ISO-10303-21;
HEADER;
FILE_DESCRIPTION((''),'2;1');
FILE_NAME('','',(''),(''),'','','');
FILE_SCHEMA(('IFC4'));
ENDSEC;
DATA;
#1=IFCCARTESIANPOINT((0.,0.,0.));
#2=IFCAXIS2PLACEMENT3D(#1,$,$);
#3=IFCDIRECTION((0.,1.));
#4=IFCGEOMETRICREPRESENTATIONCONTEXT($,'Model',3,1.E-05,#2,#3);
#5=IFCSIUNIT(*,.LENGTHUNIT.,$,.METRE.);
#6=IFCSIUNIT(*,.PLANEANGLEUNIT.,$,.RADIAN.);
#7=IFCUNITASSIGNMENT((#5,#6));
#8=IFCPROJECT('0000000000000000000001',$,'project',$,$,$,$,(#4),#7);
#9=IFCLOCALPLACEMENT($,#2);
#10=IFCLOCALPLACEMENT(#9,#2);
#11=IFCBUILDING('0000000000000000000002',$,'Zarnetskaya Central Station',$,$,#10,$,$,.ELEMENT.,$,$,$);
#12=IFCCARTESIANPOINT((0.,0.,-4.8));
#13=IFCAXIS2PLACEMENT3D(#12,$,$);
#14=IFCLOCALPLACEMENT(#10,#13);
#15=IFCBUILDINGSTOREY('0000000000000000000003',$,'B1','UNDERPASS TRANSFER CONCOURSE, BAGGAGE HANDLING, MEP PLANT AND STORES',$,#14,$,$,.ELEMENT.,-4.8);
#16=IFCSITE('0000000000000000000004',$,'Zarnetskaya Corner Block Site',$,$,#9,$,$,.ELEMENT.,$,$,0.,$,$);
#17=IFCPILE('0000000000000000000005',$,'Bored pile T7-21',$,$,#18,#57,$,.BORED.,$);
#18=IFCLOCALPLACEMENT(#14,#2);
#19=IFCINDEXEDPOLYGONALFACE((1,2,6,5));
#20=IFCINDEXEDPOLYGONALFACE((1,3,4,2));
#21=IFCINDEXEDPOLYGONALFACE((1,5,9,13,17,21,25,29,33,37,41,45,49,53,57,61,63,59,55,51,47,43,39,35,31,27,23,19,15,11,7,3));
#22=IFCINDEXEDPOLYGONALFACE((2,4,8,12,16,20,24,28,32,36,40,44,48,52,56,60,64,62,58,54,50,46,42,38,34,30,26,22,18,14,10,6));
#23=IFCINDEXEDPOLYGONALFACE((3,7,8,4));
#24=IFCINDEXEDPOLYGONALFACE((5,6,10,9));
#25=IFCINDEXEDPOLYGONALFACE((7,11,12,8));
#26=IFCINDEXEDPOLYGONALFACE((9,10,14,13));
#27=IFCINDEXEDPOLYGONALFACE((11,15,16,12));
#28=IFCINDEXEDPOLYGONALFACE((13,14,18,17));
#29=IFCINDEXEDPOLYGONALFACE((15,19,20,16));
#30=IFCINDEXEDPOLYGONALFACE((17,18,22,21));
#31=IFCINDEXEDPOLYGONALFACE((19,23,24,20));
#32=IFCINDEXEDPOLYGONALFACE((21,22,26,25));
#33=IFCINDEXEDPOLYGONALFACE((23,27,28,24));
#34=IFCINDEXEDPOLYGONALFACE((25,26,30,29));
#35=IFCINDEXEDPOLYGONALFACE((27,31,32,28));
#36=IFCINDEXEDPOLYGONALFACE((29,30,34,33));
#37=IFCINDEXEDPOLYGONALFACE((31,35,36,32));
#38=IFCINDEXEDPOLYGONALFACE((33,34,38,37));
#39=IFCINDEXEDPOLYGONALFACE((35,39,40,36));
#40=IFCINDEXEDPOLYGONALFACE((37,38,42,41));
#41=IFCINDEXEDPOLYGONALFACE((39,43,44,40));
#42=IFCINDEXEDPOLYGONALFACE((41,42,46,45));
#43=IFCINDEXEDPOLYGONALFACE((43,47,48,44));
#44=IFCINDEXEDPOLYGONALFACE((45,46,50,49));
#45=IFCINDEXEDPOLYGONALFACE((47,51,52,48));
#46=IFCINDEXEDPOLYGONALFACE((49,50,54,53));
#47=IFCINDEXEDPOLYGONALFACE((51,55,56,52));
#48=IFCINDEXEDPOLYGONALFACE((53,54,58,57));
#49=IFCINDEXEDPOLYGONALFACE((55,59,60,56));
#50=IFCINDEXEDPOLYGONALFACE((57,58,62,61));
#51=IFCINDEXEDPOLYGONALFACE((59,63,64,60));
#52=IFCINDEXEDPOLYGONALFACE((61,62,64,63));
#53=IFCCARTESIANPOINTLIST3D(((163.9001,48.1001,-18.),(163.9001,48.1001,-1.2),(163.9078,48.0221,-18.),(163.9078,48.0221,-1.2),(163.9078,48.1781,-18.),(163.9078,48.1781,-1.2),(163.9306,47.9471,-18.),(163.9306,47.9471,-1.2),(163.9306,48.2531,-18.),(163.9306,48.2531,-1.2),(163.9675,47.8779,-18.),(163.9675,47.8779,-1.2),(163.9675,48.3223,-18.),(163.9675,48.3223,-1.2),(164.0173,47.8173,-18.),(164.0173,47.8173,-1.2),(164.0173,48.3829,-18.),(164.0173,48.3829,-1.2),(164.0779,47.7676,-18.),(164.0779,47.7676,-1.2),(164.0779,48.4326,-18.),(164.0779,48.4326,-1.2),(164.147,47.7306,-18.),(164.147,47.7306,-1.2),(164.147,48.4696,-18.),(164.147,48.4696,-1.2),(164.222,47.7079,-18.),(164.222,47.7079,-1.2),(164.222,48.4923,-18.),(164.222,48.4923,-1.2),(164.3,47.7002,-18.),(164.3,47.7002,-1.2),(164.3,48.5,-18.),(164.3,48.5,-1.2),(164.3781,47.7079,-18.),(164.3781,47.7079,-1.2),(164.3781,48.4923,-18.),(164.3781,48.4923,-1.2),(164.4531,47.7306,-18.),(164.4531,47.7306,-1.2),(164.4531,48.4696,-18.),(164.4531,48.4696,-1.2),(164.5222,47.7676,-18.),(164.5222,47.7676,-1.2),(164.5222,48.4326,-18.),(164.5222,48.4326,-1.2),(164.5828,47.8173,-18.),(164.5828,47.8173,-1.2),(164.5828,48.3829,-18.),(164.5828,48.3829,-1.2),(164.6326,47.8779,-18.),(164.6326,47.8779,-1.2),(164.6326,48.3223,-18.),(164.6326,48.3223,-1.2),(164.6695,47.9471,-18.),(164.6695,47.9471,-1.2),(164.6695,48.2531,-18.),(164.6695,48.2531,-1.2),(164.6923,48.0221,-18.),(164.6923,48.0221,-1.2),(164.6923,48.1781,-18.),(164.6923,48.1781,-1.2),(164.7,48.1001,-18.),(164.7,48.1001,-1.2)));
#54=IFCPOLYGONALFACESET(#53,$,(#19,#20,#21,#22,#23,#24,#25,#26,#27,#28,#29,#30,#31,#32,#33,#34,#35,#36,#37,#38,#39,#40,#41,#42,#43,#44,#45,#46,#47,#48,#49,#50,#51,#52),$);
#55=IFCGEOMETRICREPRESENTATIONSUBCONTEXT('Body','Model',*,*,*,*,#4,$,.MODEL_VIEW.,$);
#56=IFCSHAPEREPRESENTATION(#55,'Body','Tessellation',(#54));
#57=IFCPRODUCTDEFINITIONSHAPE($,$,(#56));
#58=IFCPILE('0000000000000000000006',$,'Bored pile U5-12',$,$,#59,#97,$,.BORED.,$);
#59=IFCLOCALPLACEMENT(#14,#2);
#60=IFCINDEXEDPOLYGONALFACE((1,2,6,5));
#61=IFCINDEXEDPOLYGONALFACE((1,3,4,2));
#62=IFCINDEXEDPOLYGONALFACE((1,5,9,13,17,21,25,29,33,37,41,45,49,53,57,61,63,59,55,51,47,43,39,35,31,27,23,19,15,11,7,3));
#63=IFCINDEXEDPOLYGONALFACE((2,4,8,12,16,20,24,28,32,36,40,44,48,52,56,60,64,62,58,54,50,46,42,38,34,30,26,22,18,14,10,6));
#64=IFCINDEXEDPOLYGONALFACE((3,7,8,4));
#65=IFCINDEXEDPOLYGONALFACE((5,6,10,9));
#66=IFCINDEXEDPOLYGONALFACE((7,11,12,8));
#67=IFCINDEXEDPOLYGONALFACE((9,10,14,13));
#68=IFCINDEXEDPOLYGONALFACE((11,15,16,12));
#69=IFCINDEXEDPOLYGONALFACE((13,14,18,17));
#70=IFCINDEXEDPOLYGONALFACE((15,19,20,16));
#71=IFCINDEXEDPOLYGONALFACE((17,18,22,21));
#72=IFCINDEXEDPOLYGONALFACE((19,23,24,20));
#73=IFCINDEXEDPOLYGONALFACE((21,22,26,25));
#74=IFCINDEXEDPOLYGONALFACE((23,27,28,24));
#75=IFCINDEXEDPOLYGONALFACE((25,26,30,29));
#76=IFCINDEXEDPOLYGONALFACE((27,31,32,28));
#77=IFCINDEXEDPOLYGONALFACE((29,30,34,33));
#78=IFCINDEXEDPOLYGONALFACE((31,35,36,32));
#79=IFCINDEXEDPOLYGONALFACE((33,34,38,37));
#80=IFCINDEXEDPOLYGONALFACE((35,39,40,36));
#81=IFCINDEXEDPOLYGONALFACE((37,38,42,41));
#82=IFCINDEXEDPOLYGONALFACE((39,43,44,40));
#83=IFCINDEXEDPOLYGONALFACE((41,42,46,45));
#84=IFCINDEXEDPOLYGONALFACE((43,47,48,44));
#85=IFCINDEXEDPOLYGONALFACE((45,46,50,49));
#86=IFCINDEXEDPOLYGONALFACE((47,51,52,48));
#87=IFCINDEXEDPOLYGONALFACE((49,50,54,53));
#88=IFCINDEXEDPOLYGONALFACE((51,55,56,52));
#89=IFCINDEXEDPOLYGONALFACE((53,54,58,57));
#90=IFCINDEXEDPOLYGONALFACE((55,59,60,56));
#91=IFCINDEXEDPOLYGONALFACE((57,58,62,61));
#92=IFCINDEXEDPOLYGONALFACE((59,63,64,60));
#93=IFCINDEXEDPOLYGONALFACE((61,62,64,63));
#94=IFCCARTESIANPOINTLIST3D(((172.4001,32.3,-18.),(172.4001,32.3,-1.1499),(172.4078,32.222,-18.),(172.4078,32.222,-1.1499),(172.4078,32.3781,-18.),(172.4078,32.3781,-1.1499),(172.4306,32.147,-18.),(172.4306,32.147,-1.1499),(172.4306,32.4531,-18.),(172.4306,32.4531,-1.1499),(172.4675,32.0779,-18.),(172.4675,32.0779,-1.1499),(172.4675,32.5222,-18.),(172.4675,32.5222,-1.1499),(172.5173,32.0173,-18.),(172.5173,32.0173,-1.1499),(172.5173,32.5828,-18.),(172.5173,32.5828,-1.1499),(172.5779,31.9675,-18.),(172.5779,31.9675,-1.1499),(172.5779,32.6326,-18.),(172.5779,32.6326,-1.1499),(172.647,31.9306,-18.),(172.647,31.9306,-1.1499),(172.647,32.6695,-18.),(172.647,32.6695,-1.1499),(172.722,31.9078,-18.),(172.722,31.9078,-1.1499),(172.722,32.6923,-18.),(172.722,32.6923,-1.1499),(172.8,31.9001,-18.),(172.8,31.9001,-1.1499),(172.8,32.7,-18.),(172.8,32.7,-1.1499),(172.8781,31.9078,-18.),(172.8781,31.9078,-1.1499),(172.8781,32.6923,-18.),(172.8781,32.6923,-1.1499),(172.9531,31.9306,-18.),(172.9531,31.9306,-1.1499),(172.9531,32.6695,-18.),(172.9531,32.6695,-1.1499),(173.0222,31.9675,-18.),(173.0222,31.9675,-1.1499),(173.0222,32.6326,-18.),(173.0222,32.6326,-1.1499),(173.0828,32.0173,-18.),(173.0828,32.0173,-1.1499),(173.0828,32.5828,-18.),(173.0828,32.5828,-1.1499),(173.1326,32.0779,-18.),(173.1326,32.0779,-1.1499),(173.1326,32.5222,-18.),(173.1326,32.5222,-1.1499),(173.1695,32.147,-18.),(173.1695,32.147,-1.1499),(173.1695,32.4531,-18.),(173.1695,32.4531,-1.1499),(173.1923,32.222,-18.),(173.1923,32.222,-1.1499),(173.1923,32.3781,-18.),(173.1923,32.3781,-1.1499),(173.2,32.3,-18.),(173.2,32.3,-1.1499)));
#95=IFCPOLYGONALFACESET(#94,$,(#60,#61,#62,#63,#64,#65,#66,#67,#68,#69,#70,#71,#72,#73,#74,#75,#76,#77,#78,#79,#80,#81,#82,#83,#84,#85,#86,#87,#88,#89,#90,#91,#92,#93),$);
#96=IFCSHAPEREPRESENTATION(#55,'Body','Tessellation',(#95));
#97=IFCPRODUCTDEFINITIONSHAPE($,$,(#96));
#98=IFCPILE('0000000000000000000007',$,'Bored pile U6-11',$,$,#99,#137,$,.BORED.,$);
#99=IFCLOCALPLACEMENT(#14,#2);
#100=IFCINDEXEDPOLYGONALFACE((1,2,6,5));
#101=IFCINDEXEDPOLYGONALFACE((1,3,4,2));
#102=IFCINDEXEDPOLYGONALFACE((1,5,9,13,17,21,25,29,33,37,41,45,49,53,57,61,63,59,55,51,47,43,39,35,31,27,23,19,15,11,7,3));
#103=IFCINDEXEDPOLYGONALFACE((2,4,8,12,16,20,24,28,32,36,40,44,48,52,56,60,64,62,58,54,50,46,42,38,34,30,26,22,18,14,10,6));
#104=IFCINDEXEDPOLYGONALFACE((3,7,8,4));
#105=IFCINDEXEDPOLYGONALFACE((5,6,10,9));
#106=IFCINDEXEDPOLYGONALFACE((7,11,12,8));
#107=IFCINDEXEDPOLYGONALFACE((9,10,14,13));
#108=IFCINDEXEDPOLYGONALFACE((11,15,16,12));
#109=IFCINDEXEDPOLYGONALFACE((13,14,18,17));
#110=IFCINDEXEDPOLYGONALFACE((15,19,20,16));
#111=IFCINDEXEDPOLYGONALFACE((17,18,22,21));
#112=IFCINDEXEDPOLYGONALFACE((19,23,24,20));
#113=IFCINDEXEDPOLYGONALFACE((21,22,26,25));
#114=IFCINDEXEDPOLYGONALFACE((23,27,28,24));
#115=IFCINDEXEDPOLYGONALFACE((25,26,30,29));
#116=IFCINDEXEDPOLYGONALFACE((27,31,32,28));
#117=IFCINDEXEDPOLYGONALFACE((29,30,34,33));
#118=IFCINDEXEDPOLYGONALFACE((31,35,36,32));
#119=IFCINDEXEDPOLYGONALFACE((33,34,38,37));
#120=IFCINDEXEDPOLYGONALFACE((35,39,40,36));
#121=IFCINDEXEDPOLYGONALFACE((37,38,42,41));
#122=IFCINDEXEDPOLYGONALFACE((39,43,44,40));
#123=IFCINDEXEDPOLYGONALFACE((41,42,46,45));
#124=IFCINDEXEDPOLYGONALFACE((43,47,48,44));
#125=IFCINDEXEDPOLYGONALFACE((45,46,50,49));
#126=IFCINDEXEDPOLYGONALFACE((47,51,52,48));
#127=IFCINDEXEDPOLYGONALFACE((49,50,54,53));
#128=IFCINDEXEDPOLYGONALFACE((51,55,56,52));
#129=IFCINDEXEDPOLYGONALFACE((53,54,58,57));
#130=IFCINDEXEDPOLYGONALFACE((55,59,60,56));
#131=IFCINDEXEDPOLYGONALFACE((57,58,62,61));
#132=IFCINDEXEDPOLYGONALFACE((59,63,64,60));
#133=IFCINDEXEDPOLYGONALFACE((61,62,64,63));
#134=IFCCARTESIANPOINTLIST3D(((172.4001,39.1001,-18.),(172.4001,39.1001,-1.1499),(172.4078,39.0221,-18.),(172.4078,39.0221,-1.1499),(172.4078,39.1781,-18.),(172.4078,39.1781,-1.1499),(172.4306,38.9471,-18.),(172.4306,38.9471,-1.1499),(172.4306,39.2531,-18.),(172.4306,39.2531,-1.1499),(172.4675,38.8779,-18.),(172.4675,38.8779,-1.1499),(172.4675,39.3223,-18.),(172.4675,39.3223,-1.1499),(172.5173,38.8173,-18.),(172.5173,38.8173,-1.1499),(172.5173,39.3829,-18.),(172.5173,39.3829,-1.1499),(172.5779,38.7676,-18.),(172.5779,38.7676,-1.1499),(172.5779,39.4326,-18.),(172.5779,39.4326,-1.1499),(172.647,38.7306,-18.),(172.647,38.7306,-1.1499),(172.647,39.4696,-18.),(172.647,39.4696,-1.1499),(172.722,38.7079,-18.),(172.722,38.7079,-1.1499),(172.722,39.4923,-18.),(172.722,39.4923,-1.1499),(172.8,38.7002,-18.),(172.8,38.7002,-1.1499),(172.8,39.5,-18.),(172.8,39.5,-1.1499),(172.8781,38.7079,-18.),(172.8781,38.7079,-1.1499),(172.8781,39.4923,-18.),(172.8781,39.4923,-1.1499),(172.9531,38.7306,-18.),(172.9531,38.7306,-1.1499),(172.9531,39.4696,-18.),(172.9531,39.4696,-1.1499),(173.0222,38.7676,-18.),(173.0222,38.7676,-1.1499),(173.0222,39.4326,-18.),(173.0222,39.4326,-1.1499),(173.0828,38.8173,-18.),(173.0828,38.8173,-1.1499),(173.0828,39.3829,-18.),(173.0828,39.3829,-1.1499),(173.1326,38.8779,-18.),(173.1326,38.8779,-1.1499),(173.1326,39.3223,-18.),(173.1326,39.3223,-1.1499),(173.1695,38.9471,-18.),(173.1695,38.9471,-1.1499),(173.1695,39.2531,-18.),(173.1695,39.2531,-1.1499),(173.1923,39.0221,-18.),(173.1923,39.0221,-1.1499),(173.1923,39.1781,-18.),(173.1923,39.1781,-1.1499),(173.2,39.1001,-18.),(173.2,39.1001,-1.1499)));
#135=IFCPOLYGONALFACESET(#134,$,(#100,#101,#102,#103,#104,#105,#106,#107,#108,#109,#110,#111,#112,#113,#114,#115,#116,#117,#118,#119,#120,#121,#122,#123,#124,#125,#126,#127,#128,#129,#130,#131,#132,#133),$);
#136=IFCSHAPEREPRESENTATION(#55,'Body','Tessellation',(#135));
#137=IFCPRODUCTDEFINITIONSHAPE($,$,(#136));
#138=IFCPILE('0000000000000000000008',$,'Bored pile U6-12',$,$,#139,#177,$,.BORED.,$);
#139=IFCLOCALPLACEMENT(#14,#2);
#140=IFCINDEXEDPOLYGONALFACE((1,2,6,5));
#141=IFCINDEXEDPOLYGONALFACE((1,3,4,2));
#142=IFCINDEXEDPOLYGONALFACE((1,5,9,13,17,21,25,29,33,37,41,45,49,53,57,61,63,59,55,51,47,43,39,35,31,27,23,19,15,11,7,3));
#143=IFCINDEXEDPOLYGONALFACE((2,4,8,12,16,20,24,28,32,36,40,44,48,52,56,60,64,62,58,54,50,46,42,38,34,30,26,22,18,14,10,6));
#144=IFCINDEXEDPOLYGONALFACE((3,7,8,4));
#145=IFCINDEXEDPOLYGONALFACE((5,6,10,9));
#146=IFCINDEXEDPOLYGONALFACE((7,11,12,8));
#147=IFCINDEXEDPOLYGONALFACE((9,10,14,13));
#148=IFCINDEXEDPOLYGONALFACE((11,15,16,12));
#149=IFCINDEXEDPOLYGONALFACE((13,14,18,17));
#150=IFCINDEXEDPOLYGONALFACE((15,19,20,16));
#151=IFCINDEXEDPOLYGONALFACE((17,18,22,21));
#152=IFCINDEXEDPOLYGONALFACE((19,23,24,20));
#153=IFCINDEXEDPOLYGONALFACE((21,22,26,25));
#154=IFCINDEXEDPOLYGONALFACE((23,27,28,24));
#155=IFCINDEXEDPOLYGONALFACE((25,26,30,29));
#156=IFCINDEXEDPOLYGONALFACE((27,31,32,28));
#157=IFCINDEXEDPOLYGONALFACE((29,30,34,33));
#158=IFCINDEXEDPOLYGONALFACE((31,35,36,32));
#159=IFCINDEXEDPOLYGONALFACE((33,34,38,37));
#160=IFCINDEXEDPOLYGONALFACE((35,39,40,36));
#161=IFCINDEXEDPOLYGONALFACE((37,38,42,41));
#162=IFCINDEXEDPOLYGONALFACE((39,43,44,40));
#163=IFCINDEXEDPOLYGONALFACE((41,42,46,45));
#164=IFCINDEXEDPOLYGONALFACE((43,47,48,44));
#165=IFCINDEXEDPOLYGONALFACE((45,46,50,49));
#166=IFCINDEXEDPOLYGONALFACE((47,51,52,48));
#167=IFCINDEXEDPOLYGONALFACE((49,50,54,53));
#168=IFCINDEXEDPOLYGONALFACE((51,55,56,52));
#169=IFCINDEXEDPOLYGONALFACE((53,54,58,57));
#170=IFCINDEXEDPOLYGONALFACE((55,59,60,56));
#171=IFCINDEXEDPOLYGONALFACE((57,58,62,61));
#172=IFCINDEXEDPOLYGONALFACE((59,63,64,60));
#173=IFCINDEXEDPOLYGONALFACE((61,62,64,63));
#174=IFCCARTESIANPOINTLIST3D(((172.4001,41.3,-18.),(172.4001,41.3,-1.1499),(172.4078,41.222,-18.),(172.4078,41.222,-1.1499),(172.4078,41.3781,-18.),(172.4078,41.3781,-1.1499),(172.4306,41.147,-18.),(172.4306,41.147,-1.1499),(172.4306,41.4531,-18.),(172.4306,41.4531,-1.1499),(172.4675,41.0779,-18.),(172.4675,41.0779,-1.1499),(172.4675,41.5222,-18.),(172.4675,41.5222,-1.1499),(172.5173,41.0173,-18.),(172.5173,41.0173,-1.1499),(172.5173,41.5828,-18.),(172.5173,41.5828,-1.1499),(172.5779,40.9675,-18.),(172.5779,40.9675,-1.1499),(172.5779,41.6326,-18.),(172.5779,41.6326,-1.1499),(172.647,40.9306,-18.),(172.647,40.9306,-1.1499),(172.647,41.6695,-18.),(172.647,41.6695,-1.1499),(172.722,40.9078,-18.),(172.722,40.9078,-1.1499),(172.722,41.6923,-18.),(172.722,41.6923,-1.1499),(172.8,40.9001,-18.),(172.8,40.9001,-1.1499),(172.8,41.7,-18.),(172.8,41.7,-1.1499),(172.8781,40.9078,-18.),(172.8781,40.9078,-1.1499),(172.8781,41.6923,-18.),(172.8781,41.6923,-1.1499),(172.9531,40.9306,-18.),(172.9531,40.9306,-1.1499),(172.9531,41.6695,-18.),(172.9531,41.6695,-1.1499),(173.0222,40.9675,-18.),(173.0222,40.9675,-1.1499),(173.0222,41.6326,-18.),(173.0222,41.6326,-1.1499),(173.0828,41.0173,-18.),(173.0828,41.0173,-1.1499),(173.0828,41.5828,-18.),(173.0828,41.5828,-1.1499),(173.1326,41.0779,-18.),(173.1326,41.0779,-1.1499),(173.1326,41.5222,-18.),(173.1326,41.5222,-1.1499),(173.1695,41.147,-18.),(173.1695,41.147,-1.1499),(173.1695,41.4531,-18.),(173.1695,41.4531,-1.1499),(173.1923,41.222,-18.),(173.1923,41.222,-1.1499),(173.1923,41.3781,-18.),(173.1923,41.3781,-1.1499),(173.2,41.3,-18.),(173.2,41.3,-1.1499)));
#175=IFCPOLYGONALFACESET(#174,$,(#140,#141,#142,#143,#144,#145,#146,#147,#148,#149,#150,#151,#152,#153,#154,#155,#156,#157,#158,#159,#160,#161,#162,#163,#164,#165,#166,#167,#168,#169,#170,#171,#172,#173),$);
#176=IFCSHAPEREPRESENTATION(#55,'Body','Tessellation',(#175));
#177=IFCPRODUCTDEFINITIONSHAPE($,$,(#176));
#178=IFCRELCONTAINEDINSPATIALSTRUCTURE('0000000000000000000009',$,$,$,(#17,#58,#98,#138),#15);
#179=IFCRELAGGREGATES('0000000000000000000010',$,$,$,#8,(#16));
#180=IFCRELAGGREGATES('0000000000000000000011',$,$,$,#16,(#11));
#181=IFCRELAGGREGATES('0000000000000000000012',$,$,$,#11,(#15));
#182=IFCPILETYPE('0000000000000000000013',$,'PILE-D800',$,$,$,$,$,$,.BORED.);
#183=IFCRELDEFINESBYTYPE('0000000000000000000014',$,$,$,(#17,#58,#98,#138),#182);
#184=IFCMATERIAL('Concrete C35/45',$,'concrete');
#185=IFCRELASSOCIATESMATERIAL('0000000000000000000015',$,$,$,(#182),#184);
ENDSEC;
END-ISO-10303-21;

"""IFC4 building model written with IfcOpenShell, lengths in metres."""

from ifc_helpers import new_model, si_unit, direction, frame, origin, origin_2d, place, context, subcontext, project, spatial, circle, extrude, material, material_profile, profile_set, type_object, element, save


model = new_model("IFC4")

# Units and contexts
model_context = context("Model", 3, precision=1e-05, world=origin(), true_north=direction((0.0, 1.0)))
body_context = subcontext(model_context, "Body", "Model", "MODEL_VIEW")
ifc_project = project(units=[si_unit("LENGTHUNIT", "METRE"), si_unit("PLANEANGLEUNIT", "RADIAN")], contexts=[model_context])

# Site, building, storey
site_placement = place(None, origin())
site = spatial("IfcSite", under=ifc_project, at=site_placement, Name="Zarnetskaya Corner Block Site", CompositionType="ELEMENT", RefElevation=0.0)
building_placement = place(site_placement, origin())
building = spatial("IfcBuilding", under=site, at=building_placement, Name="Zarnetskaya Central Station", CompositionType="ELEMENT")
storey_placement = place(building_placement, frame((0.0, 0.0, -4.8)))
storey = spatial("IfcBuildingStorey", under=building, at=storey_placement, Name="B1", Description="UNDERPASS TRANSFER CONCOURSE, BAGGAGE HANDLING, MEP PLANT AND STORES", CompositionType="ELEMENT", Elevation=-4.8)

# Shared definitions
ifc_material = material(Name="Concrete C35/45", Category="concrete")

# Piles
ifc_material_profile_1 = material_profile(ifc_material, circle(Radius=0.3999, at=origin_2d()), Name="BORED PILE D800")
ifc_profile_set_1 = profile_set([ifc_material_profile_1], Name="Concrete C35/45")
pile_type = type_object("IfcPileType", Name="PILE-D800", PredefinedType="BORED", material=ifc_profile_set_1)
for number, where, z_axis, x_axis, name in (
    (1, (164.3, 48.1001, -1.2), (0.0, 0.0, -1.0), (1.0, 0.0, 0.0), "Bored pile T7-21"),
):
    element("IfcPile", number, at=place(storey_placement, frame(where, z_axis=z_axis, x_axis=x_axis)), inside=storey, type_object=pile_type, Name=name, PredefinedType="BORED", context=body_context, shape_type="SweptSolid", body=[
        extrude(circle(Radius=0.3999, at=origin_2d()), origin(), (0.0, 0.0, 1.0), 16.8),
    ])
for number, where, z_axis, x_axis, name in (
    (2, (172.8, 32.3, -1.1499), (0.0, 0.0, -1.0), (1.0, 0.0, 0.0), "Bored pile U5-12"),
    (3, (172.8, 39.1001, -1.1499), (0.0, 0.0, -1.0), (1.0, 0.0, 0.0), "Bored pile U6-11"),
    (4, (172.8, 41.3, -1.1499), (0.0, 0.0, -1.0), (1.0, 0.0, 0.0), "Bored pile U6-12"),
):
    element("IfcPile", number, at=place(storey_placement, frame(where, z_axis=z_axis, x_axis=x_axis)), inside=storey, type_object=pile_type, Name=name, PredefinedType="BORED", context=body_context, shape_type="SweptSolid", body=[
        extrude(circle(Radius=0.3999, at=origin_2d()), origin(), (0.0, 0.0, 1.0), 16.8501),
    ])

save(model, "model.ifc")
